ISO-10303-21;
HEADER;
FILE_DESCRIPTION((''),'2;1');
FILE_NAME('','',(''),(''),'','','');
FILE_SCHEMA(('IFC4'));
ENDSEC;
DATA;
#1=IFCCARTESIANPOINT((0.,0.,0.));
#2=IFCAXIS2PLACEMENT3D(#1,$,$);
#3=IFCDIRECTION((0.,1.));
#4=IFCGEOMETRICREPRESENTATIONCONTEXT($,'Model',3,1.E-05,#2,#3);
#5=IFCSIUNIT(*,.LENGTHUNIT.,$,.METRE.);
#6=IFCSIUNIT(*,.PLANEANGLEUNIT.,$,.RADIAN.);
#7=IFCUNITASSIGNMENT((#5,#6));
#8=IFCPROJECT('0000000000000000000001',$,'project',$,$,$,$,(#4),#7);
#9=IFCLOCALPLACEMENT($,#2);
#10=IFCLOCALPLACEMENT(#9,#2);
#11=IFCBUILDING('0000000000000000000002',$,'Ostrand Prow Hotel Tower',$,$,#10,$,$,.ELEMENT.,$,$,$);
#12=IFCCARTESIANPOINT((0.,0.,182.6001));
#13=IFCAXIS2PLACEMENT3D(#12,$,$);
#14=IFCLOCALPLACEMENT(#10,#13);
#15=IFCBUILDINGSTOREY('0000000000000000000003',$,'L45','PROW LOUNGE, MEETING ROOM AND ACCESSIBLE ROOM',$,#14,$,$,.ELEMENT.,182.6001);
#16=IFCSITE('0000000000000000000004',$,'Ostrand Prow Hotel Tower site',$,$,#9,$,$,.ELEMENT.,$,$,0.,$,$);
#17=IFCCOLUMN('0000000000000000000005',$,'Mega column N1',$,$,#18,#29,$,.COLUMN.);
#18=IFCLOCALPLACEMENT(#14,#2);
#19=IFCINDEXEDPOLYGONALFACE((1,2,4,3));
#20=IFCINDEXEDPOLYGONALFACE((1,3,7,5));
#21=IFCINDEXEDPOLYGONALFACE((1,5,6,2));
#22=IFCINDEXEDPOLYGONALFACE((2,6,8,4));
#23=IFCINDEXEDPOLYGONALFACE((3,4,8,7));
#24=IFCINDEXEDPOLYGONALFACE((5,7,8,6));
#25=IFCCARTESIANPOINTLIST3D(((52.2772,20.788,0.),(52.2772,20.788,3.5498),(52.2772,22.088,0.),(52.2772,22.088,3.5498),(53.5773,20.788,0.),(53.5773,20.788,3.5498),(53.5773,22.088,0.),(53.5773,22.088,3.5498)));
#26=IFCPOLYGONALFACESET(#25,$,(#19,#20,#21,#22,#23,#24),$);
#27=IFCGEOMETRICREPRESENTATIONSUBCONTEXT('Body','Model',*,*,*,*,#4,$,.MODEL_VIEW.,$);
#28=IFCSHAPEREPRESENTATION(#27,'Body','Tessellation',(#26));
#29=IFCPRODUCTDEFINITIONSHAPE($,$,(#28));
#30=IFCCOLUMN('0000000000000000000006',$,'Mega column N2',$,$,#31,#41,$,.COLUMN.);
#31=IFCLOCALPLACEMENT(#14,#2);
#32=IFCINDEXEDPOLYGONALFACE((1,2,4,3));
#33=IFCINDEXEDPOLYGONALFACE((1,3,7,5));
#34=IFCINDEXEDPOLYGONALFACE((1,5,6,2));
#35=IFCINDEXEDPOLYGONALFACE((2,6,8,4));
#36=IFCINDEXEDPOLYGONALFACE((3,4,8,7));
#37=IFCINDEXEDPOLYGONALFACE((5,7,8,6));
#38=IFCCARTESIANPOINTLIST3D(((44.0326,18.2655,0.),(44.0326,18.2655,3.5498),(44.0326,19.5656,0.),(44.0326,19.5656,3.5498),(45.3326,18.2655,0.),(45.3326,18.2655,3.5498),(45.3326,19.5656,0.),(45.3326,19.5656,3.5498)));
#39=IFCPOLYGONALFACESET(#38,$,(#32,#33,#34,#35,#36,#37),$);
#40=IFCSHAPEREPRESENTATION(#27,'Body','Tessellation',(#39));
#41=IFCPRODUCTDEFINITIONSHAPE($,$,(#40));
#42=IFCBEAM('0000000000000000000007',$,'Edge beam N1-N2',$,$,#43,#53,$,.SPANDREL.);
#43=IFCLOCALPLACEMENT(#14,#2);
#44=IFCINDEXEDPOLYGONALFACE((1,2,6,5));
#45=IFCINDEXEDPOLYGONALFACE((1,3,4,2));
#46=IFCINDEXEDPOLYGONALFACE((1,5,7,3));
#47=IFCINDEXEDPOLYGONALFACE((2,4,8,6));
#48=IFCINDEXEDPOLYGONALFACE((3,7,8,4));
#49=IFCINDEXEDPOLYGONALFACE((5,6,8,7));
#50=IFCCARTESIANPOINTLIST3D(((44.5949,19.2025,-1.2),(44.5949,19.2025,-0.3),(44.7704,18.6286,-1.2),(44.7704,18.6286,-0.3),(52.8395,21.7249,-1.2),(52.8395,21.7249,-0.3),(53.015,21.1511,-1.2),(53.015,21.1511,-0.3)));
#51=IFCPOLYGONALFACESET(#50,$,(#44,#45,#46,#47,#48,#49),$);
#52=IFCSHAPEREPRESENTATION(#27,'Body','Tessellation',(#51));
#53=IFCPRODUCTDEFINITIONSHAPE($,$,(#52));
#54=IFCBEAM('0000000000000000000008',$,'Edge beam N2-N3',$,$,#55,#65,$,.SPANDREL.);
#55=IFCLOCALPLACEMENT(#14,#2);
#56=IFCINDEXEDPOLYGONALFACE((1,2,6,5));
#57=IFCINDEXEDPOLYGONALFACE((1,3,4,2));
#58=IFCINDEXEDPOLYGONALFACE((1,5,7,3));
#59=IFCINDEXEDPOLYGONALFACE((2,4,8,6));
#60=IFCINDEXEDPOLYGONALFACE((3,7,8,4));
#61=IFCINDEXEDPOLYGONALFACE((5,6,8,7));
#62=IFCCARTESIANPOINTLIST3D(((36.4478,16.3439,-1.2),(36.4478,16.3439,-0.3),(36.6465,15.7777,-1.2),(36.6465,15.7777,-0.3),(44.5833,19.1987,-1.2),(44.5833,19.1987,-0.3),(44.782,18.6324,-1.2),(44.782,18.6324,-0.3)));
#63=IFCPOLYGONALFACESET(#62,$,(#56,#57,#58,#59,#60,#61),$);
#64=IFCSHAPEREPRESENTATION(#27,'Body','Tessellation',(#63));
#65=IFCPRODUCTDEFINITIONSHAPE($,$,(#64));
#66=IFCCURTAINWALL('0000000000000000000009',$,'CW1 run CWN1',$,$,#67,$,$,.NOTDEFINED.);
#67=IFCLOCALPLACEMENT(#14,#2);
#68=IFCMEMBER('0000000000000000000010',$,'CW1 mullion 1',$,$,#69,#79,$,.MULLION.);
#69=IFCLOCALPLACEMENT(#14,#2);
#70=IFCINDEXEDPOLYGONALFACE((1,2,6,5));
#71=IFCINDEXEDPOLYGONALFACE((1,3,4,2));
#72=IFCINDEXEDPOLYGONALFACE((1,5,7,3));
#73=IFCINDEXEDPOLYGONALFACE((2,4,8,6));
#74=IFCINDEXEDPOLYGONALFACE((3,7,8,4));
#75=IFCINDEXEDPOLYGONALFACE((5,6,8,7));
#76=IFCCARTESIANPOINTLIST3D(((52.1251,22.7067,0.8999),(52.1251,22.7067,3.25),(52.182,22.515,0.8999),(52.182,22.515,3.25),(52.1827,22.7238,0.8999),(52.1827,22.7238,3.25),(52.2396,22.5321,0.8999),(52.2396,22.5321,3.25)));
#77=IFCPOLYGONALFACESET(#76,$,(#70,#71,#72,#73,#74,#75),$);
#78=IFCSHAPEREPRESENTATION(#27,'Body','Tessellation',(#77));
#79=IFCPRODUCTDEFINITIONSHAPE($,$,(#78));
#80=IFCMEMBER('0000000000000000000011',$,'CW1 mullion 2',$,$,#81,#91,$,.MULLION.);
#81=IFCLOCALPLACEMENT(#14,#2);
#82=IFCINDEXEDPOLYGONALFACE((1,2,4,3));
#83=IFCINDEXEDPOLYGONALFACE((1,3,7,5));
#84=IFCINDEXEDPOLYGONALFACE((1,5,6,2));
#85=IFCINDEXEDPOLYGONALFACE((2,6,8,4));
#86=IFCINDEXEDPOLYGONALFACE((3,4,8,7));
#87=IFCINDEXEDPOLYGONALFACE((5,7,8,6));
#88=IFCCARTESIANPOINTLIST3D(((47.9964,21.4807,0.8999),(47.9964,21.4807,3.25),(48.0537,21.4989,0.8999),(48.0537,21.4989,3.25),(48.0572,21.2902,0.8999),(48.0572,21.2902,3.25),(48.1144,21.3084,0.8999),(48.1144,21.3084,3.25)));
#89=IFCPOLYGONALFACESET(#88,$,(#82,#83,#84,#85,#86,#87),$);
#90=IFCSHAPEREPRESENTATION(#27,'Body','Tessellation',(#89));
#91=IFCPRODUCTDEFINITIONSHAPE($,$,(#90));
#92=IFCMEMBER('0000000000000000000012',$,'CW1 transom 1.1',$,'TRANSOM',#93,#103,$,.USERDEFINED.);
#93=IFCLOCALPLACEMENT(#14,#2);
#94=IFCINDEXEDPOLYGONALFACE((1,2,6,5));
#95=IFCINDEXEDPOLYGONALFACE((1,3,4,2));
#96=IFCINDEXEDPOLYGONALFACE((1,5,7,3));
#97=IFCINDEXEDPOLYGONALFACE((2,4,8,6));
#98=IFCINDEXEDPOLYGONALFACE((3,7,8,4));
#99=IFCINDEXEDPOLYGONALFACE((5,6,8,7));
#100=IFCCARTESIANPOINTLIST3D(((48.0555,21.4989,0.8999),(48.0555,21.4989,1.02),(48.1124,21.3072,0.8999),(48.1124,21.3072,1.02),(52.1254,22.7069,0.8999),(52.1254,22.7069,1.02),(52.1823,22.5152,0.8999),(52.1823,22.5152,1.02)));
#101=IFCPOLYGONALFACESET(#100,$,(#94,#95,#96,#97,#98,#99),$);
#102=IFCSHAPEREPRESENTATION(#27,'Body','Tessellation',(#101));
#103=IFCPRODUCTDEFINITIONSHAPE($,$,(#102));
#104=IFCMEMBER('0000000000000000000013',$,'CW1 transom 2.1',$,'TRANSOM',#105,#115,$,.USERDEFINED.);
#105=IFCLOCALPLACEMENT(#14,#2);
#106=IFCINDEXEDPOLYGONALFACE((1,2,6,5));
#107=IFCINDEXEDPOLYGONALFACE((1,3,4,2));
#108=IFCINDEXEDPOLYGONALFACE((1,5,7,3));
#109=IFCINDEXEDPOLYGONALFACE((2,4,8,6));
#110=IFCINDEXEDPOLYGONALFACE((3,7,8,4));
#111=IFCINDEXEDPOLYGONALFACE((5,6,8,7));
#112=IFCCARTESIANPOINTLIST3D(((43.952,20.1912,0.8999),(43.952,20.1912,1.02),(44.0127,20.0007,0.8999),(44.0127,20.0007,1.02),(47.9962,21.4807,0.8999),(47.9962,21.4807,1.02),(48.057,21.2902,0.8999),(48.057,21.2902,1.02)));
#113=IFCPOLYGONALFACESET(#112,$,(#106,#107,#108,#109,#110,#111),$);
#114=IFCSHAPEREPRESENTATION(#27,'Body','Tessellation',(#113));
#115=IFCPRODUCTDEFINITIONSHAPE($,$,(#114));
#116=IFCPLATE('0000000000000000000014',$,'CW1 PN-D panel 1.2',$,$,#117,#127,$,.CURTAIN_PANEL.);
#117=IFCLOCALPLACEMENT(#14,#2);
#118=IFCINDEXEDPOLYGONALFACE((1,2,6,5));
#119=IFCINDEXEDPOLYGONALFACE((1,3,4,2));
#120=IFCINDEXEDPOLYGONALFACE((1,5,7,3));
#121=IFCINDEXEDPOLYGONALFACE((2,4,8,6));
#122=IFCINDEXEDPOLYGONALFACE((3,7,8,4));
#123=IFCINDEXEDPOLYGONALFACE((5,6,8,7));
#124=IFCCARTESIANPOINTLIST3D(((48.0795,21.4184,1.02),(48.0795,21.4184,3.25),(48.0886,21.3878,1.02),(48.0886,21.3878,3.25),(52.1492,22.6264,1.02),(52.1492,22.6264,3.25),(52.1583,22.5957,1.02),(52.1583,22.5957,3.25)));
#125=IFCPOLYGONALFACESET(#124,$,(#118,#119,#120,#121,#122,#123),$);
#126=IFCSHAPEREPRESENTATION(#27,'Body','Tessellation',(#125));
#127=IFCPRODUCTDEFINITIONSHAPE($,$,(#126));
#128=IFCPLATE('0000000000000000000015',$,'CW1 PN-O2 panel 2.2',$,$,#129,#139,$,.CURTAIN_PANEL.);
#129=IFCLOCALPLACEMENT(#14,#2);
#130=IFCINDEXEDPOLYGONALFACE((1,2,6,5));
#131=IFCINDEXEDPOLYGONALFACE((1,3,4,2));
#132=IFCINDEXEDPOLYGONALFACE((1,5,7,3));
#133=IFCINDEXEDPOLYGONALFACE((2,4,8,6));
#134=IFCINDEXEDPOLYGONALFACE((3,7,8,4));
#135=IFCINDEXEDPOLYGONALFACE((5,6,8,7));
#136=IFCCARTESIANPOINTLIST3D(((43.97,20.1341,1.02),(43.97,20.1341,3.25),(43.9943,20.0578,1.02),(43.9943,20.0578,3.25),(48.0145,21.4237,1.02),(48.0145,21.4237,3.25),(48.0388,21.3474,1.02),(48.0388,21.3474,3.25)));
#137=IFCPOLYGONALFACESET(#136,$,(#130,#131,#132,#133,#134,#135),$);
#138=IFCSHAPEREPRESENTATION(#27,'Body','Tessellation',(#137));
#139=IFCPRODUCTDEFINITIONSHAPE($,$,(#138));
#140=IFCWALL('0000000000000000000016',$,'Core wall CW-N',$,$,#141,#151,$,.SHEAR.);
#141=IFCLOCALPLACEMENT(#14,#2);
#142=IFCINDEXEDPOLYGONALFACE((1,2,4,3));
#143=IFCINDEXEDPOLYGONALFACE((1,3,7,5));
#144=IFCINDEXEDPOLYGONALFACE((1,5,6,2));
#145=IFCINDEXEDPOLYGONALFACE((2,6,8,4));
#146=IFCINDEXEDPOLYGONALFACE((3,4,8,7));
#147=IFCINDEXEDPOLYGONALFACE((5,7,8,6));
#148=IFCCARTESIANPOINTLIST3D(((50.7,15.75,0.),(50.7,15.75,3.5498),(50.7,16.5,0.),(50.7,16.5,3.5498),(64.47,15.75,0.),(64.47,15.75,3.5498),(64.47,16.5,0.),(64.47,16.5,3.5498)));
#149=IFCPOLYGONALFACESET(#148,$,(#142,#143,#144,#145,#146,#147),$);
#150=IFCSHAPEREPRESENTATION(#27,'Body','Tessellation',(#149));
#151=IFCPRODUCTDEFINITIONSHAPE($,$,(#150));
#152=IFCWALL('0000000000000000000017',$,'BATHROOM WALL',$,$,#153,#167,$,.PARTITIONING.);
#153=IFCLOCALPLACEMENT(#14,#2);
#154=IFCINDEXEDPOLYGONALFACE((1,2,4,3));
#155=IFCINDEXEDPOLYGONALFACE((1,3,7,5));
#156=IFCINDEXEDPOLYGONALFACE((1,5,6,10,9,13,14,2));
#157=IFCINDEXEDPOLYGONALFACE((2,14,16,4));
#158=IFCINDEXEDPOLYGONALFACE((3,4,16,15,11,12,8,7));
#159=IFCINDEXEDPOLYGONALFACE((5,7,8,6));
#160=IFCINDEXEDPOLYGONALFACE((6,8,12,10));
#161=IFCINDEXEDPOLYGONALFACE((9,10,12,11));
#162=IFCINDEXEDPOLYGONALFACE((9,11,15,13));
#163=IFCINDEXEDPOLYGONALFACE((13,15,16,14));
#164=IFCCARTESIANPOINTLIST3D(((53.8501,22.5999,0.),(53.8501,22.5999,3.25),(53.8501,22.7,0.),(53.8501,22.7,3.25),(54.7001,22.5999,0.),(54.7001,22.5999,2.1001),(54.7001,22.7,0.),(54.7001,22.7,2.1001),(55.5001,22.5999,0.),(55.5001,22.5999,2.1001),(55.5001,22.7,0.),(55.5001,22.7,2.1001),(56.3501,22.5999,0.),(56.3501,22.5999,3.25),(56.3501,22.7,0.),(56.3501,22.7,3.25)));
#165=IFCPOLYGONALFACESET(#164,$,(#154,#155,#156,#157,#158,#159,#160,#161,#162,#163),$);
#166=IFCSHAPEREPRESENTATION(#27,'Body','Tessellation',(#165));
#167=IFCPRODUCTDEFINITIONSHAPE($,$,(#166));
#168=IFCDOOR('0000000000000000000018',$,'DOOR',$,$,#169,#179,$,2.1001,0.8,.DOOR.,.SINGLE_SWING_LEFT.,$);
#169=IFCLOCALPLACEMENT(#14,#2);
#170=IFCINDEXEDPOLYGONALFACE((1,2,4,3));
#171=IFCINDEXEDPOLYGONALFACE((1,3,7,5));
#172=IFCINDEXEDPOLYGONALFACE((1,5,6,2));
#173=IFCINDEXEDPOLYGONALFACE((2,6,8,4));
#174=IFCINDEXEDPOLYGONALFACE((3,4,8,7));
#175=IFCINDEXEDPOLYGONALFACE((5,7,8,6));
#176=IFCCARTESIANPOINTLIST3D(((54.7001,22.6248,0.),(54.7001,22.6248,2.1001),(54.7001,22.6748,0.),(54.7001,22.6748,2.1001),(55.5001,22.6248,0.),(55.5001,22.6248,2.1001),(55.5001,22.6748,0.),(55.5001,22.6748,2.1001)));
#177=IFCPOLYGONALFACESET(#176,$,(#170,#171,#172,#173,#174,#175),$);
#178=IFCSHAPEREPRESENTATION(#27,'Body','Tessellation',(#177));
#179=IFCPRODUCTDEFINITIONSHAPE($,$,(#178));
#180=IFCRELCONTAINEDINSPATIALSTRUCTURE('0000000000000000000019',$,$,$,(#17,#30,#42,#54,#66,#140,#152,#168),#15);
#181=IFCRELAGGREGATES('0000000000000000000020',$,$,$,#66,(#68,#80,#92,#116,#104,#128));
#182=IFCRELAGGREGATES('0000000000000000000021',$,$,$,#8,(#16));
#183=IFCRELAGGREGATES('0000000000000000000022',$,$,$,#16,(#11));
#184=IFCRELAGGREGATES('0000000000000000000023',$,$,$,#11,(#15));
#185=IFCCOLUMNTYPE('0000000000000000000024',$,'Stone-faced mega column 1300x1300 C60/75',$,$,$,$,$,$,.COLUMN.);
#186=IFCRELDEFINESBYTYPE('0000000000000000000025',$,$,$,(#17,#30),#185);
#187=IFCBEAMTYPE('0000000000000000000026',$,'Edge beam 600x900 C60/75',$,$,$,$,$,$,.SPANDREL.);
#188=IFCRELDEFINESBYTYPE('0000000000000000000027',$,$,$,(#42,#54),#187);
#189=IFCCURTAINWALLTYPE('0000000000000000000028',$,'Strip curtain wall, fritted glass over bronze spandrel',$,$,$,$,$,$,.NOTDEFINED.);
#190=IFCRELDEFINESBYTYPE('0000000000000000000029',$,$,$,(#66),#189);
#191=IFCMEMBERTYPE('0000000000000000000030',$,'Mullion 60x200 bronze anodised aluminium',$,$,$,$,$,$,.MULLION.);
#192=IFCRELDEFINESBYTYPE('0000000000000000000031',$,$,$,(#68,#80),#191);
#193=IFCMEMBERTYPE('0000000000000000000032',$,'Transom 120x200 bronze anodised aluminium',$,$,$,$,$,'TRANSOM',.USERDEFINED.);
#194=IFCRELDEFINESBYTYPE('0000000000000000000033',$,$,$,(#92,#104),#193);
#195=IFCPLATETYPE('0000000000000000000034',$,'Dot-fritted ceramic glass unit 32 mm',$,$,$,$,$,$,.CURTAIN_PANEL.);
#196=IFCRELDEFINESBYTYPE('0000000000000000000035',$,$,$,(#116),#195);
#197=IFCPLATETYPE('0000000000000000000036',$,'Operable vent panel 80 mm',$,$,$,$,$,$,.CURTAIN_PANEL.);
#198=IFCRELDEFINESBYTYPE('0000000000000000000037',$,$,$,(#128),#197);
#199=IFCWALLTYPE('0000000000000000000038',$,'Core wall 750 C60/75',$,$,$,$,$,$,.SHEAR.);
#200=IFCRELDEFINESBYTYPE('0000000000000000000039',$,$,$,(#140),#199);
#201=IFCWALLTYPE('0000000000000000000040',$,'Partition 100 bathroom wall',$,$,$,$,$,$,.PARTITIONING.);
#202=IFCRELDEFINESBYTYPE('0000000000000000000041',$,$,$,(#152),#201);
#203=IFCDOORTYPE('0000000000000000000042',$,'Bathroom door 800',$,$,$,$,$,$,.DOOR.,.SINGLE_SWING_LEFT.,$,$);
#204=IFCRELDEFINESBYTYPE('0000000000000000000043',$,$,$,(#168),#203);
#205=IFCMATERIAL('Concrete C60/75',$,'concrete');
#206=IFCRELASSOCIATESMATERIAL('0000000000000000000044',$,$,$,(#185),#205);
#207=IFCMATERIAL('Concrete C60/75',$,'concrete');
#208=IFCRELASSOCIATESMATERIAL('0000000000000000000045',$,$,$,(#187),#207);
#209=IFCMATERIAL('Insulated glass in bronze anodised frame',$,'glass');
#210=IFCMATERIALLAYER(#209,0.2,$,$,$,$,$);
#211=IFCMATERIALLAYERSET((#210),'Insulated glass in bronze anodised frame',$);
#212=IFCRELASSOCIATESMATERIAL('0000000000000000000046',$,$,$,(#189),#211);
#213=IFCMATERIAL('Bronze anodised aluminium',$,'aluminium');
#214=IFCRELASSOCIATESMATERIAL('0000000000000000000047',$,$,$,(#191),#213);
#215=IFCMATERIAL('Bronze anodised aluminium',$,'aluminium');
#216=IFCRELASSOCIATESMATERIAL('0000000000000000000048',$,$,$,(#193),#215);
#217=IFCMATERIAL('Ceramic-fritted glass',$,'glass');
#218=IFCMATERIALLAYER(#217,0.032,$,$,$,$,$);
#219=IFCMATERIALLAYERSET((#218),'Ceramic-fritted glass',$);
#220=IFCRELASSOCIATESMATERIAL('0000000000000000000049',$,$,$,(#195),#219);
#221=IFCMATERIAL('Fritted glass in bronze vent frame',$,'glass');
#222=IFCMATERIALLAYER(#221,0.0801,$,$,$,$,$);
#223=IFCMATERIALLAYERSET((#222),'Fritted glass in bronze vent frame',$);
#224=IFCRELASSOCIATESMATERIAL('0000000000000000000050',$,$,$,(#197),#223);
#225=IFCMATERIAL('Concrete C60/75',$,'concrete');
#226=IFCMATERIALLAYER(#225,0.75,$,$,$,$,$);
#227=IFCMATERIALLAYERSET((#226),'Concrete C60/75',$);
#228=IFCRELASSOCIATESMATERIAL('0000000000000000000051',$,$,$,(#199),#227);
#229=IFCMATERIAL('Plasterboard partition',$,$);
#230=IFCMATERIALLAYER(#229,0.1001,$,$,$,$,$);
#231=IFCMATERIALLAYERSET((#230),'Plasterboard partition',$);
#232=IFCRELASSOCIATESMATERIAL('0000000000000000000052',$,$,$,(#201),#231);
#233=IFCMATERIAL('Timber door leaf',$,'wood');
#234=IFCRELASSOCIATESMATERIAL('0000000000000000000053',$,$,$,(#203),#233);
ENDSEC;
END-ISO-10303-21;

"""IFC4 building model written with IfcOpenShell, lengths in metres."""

from ifc_helpers import new_model, si_unit, direction, frame, frame_2d, origin, origin_2d, place, context, subcontext, project, spatial, rectangle, extrude, material, layer, layer_set, material_profile, profile_set, type_object, element, fill, aggregate, save


model = new_model("IFC4")

# Units and contexts
model_context = context("Model", 3, precision=1e-05, world=origin(), true_north=direction((0.0, 1.0)))
body_context = subcontext(model_context, "Body", "Model", "MODEL_VIEW")
ifc_project = project(units=[si_unit("LENGTHUNIT", "METRE"), si_unit("PLANEANGLEUNIT", "RADIAN")], contexts=[model_context])

# Site, building, storey
site_placement = place(None, origin())
site = spatial("IfcSite", under=ifc_project, at=site_placement, Name="Ostrand Prow Hotel Tower site", CompositionType="ELEMENT", RefElevation=0.0)
building_placement = place(site_placement, origin())
building = spatial("IfcBuilding", under=site, at=building_placement, Name="Ostrand Prow Hotel Tower", CompositionType="ELEMENT")
storey_placement = place(building_placement, frame((0.0, 0.0, 182.6001)))
storey = spatial("IfcBuildingStorey", under=building, at=storey_placement, Name="L45", Description="PROW LOUNGE, MEETING ROOM AND ACCESSIBLE ROOM", CompositionType="ELEMENT", Elevation=182.6001)

# Columns
ifc_material_1 = material(Name="Concrete C60/75", Category="concrete")
ifc_material_profile_1 = material_profile(ifc_material_1, rectangle(XDim=1.3, YDim=1.3, at=origin_2d()), Name="RC 1300x1300")
ifc_profile_set_1 = profile_set([ifc_material_profile_1], Name="Concrete C60/75")
column_type = type_object("IfcColumnType", Name="Stone-faced mega column 1300x1300 C60/75", PredefinedType="COLUMN", material=ifc_profile_set_1)
for number, where, z_axis, x_axis, name in (
    (1, (52.9272, 21.438, 0.0), (0.0, 0.0, 1.0), (1.0, 0.0, 0.0), "Mega column N1"),
    (2, (44.6826, 18.9155, 0.0), (0.0, 0.0, 1.0), (1.0, 0.0, 0.0), "Mega column N2"),
):
    element("IfcColumn", number, at=place(storey_placement, frame(where, z_axis=z_axis, x_axis=x_axis)), inside=storey, type_object=column_type, Name=name, PredefinedType="COLUMN", context=body_context, shape_type="SweptSolid", body=[
        extrude(rectangle(XDim=1.3, YDim=1.3, at=origin_2d()), origin(), (0.0, 0.0, 1.0), 3.5498),
    ])

# Beams
ifc_material_2 = material(Name="Concrete C60/75", Category="concrete")
ifc_material_profile_2 = material_profile(ifc_material_2, rectangle(XDim=0.6001, YDim=0.8999, at=origin_2d()), Name="RC 600x900")
ifc_profile_set_2 = profile_set([ifc_material_profile_2], Name="Concrete C60/75")
beam_type = type_object("IfcBeamType", Name="Edge beam 600x900 C60/75", PredefinedType="SPANDREL", material=ifc_profile_set_2)
for number, where, z_axis, x_axis, name in (
    (3, (52.9272, 21.438, -0.75), (-0.956246, -0.292565, 0.0), (0.292565, -0.956246, 0.0), "Edge beam N1-N2"),
    (4, (44.6826, 18.9155, -0.75), (-0.943594, -0.331106, 0.0), (0.331106, -0.943594, 0.0), "Edge beam N2-N3"),
):
    element("IfcBeam", number, at=place(storey_placement, frame(where, z_axis=z_axis, x_axis=x_axis)), inside=storey, type_object=beam_type, Name=name, PredefinedType="SPANDREL", context=body_context, shape_type="SweptSolid", body=[
        extrude(rectangle(XDim=0.6001, YDim=0.8999, at=origin_2d()), origin(), (0.0, 0.0, 1.0), 8.6218),
    ])

# Curtain wall, members, plates
ifc_material_3 = material(Name="Insulated glass in bronze anodised frame", Category="glass")
ifc_layer_1 = layer(ifc_material_3, 0.2)
ifc_layer_set_1 = layer_set([ifc_layer_1], Name="Insulated glass in bronze anodised frame")
curtain_wall_type = type_object("IfcCurtainWallType", Name="Strip curtain wall, fritted glass over bronze spandrel", PredefinedType="NOTDEFINED", material=ifc_layer_set_1)
curtain_wall_placement = place(storey_placement, origin())
curtain_wall = element("IfcCurtainWall", 5, at=curtain_wall_placement, inside=storey, type_object=curtain_wall_type, Name="CW1 run CWN1", PredefinedType="NOTDEFINED")
ifc_material_4 = material(Name="Bronze anodised aluminium", Category="aluminium")
ifc_material_profile_3 = material_profile(ifc_material_4, rectangle(XDim=0.2, YDim=0.0601, at=origin_2d()), Name="Mullion 60x200 bronze anodised aluminium")
ifc_profile_set_3 = profile_set([ifc_material_profile_3], Name="Bronze anodised aluminium")
member_type_1 = type_object("IfcMemberType", Name="Mullion 60x200 bronze anodised aluminium", PredefinedType="MULLION", material=ifc_profile_set_3)
member_1_placement = place(storey_placement, frame((52.1824, 22.6194, 0.8999), z_axis=(0.0, 0.0, 1.0), x_axis=(0.284544, -0.958663, 0.0)))
member_1 = element("IfcMember", 6, at=member_1_placement, type_object=member_type_1, Name="CW1 mullion 1", PredefinedType="MULLION", context=body_context, shape_type="SweptSolid", body=[
    extrude(rectangle(XDim=0.2, YDim=0.0601, at=origin_2d()), origin(), (0.0, 0.0, 1.0), 2.3501),
])
member_2_placement = place(storey_placement, frame((48.0554, 21.3945, 0.8999), z_axis=(0.0, 0.0, 1.0), x_axis=(0.303787, -0.95274, 0.0)))
member_2 = element("IfcMember", 7, at=member_2_placement, type_object=member_type_1, Name="CW1 mullion 2", PredefinedType="MULLION", context=body_context, shape_type="SweptSolid", body=[
    extrude(rectangle(XDim=0.2, YDim=0.0601, at=origin_2d()), origin(), (0.0, 0.0, 1.0), 2.3501),
])
ifc_material_5 = material(Name="Bronze anodised aluminium", Category="aluminium")
ifc_material_profile_4 = material_profile(ifc_material_5, rectangle(XDim=0.2, YDim=0.1201, at=origin_2d()), Name="Transom 120x200 bronze anodised aluminium")
ifc_profile_set_4 = profile_set([ifc_material_profile_4], Name="Bronze anodised aluminium")
member_type_2 = type_object("IfcMemberType", Name="Transom 120x200 bronze anodised aluminium", ElementType="TRANSOM", PredefinedType="USERDEFINED", material=ifc_profile_set_4)
member_3_placement = place(storey_placement, frame((52.1538, 22.6111, 0.96), z_axis=(-0.958661, -0.28455, 0.0), x_axis=(0.28455, -0.958661, 0.0)))
member_3 = element("IfcMember", 8, at=member_3_placement, type_object=member_type_2, Name="CW1 transom 1.1", ObjectType="TRANSOM", PredefinedType="USERDEFINED", context=body_context, shape_type="SweptSolid", body=[
    extrude(rectangle(XDim=0.2, YDim=0.1201, at=origin_2d()), origin(), (0.0, 0.0, 1.0), 4.2454),
])
member_4_placement = place(storey_placement, frame((48.0266, 21.3855, 0.96), z_axis=(-0.952738, -0.303795, 0.0), x_axis=(0.303795, -0.952738, 0.0)))
member_4 = element("IfcMember", 9, at=member_4_placement, type_object=member_type_2, Name="CW1 transom 2.1", ObjectType="TRANSOM", PredefinedType="USERDEFINED", context=body_context, shape_type="SweptSolid", body=[
    extrude(rectangle(XDim=0.2, YDim=0.1201, at=origin_2d()), origin(), (0.0, 0.0, 1.0), 4.2449),
])
ifc_material_6 = material(Name="Ceramic-fritted glass", Category="glass")
ifc_layer_2 = layer(ifc_material_6, 0.032)
ifc_layer_set_2 = layer_set([ifc_layer_2], Name="Ceramic-fritted glass")
plate_type_1 = type_object("IfcPlateType", Name="Dot-fritted ceramic glass unit 32 mm", PredefinedType="CURTAIN_PANEL", material=ifc_layer_set_2)
plate_1_placement = place(storey_placement, frame((50.1189, 22.0071, 1.02), z_axis=(0.0, 0.0, 1.0), x_axis=(-0.958663, -0.284544, 0.0)))
plate_1 = element("IfcPlate", 10, at=plate_1_placement, type_object=plate_type_1, Name="CW1 PN-D panel 1.2", PredefinedType="CURTAIN_PANEL", context=body_context, shape_type="SweptSolid", body=[
    extrude(rectangle(XDim=4.2451, YDim=0.032, at=origin_2d()), origin(), (0.0, 0.0, 1.0), 2.23),
])
ifc_material_7 = material(Name="Fritted glass in bronze vent frame", Category="glass")
ifc_layer_3 = layer(ifc_material_7, 0.0801)
ifc_layer_set_3 = layer_set([ifc_layer_3], Name="Fritted glass in bronze vent frame")
plate_type_2 = type_object("IfcPlateType", Name="Operable vent panel 80 mm", PredefinedType="CURTAIN_PANEL", material=ifc_layer_set_3)
plate_2_placement = place(storey_placement, frame((46.0044, 20.7407, 1.02), z_axis=(0.0, 0.0, 1.0), x_axis=(-0.95274, -0.303787, 0.0)))
plate_2 = element("IfcPlate", 11, at=plate_2_placement, type_object=plate_type_2, Name="CW1 PN-O2 panel 2.2", PredefinedType="CURTAIN_PANEL", context=body_context, shape_type="SweptSolid", body=[
    extrude(rectangle(XDim=4.2451, YDim=0.0801, at=origin_2d()), origin(), (0.0, 0.0, 1.0), 2.23),
])
aggregate(curtain_wall, [member_1, member_2, member_3, plate_1, member_4, plate_2])

# Wall
ifc_material_8 = material(Name="Concrete C60/75", Category="concrete")
ifc_layer_4 = layer(ifc_material_8, 0.75)
ifc_layer_set_4 = layer_set([ifc_layer_4], Name="Concrete C60/75")
wall_type_1 = type_object("IfcWallType", Name="Core wall 750 C60/75", PredefinedType="SHEAR", material=ifc_layer_set_4)
wall_1_placement = place(storey_placement, frame((50.7, 16.125, 0.0), z_axis=(0.0, 0.0, 1.0), x_axis=(1.0, 0.0, 0.0)))
element("IfcWall", 12, at=wall_1_placement, inside=storey, type_object=wall_type_1, Name="Core wall CW-N", PredefinedType="SHEAR", context=body_context, shape_type="SweptSolid", body=[
    extrude(rectangle(XDim=13.77, YDim=0.75, at=frame_2d((6.885, 0.0))), origin(), (0.0, 0.0, 1.0), 3.5498),
])

# Wall, opening, door
ifc_material_9 = material(Name="Plasterboard partition")
ifc_layer_5 = layer(ifc_material_9, 0.1001)
ifc_layer_set_5 = layer_set([ifc_layer_5], Name="Plasterboard partition")
wall_type_2 = type_object("IfcWallType", Name="Partition 100 bathroom wall", PredefinedType="PARTITIONING", material=ifc_layer_set_5)
wall_2_placement = place(storey_placement, frame((53.8501, 22.6499, 0.0), z_axis=(0.0, 0.0, 1.0), x_axis=(1.0, 0.0, 0.0)))
wall_2 = element("IfcWall", 13, at=wall_2_placement, inside=storey, type_object=wall_type_2, Name="BATHROOM WALL", PredefinedType="PARTITIONING", context=body_context, shape_type="SweptSolid", body=[
    extrude(rectangle(XDim=2.5, YDim=0.1001, at=frame_2d((1.25, 0.0))), origin(), (0.0, 0.0, 1.0), 3.25),
])
opening_1_placement = place(wall_2_placement, frame((0.8501, 0.0, 0.0)))
opening_1 = element("IfcOpeningElement", 14, at=opening_1_placement, cuts=wall_2, PredefinedType="OPENING", context=body_context, shape_type="SweptSolid", body=[
    extrude(rectangle(XDim=0.8, YDim=2.1001, at=frame_2d((0.3999, 1.05))), frame((0.0, 0.0601, 0.0), z_axis=(0.0, -1.0, 0.0), x_axis=(1.0, 0.0, 0.0)), (0.0, 0.0, 1.0), 0.1201),
])
ifc_material_10 = material(Name="Timber door leaf", Category="wood")
door_type_1 = type_object("IfcDoorType", Name="Bathroom door 800", OperationType="SINGLE_SWING_LEFT", PredefinedType="DOOR", material=ifc_material_10)
door_1_placement = place(opening_1_placement, origin())
door_1 = element("IfcDoor", 15, at=door_1_placement, inside=storey, type_object=door_type_1, Name="DOOR", OperationType="SINGLE_SWING_LEFT", OverallHeight=2.1001, OverallWidth=0.8, PredefinedType="DOOR", context=body_context, shape_type="SweptSolid", body=[
    extrude(rectangle(XDim=0.8, YDim=2.1001, at=frame_2d((0.3999, 1.05))), frame((0.0, 0.0249, 0.0), z_axis=(0.0, -1.0, 0.0), x_axis=(1.0, 0.0, 0.0)), (0.0, 0.0, 1.0), 0.05),
])
fill(opening_1, door_1)

save(model, "model.ifc")
